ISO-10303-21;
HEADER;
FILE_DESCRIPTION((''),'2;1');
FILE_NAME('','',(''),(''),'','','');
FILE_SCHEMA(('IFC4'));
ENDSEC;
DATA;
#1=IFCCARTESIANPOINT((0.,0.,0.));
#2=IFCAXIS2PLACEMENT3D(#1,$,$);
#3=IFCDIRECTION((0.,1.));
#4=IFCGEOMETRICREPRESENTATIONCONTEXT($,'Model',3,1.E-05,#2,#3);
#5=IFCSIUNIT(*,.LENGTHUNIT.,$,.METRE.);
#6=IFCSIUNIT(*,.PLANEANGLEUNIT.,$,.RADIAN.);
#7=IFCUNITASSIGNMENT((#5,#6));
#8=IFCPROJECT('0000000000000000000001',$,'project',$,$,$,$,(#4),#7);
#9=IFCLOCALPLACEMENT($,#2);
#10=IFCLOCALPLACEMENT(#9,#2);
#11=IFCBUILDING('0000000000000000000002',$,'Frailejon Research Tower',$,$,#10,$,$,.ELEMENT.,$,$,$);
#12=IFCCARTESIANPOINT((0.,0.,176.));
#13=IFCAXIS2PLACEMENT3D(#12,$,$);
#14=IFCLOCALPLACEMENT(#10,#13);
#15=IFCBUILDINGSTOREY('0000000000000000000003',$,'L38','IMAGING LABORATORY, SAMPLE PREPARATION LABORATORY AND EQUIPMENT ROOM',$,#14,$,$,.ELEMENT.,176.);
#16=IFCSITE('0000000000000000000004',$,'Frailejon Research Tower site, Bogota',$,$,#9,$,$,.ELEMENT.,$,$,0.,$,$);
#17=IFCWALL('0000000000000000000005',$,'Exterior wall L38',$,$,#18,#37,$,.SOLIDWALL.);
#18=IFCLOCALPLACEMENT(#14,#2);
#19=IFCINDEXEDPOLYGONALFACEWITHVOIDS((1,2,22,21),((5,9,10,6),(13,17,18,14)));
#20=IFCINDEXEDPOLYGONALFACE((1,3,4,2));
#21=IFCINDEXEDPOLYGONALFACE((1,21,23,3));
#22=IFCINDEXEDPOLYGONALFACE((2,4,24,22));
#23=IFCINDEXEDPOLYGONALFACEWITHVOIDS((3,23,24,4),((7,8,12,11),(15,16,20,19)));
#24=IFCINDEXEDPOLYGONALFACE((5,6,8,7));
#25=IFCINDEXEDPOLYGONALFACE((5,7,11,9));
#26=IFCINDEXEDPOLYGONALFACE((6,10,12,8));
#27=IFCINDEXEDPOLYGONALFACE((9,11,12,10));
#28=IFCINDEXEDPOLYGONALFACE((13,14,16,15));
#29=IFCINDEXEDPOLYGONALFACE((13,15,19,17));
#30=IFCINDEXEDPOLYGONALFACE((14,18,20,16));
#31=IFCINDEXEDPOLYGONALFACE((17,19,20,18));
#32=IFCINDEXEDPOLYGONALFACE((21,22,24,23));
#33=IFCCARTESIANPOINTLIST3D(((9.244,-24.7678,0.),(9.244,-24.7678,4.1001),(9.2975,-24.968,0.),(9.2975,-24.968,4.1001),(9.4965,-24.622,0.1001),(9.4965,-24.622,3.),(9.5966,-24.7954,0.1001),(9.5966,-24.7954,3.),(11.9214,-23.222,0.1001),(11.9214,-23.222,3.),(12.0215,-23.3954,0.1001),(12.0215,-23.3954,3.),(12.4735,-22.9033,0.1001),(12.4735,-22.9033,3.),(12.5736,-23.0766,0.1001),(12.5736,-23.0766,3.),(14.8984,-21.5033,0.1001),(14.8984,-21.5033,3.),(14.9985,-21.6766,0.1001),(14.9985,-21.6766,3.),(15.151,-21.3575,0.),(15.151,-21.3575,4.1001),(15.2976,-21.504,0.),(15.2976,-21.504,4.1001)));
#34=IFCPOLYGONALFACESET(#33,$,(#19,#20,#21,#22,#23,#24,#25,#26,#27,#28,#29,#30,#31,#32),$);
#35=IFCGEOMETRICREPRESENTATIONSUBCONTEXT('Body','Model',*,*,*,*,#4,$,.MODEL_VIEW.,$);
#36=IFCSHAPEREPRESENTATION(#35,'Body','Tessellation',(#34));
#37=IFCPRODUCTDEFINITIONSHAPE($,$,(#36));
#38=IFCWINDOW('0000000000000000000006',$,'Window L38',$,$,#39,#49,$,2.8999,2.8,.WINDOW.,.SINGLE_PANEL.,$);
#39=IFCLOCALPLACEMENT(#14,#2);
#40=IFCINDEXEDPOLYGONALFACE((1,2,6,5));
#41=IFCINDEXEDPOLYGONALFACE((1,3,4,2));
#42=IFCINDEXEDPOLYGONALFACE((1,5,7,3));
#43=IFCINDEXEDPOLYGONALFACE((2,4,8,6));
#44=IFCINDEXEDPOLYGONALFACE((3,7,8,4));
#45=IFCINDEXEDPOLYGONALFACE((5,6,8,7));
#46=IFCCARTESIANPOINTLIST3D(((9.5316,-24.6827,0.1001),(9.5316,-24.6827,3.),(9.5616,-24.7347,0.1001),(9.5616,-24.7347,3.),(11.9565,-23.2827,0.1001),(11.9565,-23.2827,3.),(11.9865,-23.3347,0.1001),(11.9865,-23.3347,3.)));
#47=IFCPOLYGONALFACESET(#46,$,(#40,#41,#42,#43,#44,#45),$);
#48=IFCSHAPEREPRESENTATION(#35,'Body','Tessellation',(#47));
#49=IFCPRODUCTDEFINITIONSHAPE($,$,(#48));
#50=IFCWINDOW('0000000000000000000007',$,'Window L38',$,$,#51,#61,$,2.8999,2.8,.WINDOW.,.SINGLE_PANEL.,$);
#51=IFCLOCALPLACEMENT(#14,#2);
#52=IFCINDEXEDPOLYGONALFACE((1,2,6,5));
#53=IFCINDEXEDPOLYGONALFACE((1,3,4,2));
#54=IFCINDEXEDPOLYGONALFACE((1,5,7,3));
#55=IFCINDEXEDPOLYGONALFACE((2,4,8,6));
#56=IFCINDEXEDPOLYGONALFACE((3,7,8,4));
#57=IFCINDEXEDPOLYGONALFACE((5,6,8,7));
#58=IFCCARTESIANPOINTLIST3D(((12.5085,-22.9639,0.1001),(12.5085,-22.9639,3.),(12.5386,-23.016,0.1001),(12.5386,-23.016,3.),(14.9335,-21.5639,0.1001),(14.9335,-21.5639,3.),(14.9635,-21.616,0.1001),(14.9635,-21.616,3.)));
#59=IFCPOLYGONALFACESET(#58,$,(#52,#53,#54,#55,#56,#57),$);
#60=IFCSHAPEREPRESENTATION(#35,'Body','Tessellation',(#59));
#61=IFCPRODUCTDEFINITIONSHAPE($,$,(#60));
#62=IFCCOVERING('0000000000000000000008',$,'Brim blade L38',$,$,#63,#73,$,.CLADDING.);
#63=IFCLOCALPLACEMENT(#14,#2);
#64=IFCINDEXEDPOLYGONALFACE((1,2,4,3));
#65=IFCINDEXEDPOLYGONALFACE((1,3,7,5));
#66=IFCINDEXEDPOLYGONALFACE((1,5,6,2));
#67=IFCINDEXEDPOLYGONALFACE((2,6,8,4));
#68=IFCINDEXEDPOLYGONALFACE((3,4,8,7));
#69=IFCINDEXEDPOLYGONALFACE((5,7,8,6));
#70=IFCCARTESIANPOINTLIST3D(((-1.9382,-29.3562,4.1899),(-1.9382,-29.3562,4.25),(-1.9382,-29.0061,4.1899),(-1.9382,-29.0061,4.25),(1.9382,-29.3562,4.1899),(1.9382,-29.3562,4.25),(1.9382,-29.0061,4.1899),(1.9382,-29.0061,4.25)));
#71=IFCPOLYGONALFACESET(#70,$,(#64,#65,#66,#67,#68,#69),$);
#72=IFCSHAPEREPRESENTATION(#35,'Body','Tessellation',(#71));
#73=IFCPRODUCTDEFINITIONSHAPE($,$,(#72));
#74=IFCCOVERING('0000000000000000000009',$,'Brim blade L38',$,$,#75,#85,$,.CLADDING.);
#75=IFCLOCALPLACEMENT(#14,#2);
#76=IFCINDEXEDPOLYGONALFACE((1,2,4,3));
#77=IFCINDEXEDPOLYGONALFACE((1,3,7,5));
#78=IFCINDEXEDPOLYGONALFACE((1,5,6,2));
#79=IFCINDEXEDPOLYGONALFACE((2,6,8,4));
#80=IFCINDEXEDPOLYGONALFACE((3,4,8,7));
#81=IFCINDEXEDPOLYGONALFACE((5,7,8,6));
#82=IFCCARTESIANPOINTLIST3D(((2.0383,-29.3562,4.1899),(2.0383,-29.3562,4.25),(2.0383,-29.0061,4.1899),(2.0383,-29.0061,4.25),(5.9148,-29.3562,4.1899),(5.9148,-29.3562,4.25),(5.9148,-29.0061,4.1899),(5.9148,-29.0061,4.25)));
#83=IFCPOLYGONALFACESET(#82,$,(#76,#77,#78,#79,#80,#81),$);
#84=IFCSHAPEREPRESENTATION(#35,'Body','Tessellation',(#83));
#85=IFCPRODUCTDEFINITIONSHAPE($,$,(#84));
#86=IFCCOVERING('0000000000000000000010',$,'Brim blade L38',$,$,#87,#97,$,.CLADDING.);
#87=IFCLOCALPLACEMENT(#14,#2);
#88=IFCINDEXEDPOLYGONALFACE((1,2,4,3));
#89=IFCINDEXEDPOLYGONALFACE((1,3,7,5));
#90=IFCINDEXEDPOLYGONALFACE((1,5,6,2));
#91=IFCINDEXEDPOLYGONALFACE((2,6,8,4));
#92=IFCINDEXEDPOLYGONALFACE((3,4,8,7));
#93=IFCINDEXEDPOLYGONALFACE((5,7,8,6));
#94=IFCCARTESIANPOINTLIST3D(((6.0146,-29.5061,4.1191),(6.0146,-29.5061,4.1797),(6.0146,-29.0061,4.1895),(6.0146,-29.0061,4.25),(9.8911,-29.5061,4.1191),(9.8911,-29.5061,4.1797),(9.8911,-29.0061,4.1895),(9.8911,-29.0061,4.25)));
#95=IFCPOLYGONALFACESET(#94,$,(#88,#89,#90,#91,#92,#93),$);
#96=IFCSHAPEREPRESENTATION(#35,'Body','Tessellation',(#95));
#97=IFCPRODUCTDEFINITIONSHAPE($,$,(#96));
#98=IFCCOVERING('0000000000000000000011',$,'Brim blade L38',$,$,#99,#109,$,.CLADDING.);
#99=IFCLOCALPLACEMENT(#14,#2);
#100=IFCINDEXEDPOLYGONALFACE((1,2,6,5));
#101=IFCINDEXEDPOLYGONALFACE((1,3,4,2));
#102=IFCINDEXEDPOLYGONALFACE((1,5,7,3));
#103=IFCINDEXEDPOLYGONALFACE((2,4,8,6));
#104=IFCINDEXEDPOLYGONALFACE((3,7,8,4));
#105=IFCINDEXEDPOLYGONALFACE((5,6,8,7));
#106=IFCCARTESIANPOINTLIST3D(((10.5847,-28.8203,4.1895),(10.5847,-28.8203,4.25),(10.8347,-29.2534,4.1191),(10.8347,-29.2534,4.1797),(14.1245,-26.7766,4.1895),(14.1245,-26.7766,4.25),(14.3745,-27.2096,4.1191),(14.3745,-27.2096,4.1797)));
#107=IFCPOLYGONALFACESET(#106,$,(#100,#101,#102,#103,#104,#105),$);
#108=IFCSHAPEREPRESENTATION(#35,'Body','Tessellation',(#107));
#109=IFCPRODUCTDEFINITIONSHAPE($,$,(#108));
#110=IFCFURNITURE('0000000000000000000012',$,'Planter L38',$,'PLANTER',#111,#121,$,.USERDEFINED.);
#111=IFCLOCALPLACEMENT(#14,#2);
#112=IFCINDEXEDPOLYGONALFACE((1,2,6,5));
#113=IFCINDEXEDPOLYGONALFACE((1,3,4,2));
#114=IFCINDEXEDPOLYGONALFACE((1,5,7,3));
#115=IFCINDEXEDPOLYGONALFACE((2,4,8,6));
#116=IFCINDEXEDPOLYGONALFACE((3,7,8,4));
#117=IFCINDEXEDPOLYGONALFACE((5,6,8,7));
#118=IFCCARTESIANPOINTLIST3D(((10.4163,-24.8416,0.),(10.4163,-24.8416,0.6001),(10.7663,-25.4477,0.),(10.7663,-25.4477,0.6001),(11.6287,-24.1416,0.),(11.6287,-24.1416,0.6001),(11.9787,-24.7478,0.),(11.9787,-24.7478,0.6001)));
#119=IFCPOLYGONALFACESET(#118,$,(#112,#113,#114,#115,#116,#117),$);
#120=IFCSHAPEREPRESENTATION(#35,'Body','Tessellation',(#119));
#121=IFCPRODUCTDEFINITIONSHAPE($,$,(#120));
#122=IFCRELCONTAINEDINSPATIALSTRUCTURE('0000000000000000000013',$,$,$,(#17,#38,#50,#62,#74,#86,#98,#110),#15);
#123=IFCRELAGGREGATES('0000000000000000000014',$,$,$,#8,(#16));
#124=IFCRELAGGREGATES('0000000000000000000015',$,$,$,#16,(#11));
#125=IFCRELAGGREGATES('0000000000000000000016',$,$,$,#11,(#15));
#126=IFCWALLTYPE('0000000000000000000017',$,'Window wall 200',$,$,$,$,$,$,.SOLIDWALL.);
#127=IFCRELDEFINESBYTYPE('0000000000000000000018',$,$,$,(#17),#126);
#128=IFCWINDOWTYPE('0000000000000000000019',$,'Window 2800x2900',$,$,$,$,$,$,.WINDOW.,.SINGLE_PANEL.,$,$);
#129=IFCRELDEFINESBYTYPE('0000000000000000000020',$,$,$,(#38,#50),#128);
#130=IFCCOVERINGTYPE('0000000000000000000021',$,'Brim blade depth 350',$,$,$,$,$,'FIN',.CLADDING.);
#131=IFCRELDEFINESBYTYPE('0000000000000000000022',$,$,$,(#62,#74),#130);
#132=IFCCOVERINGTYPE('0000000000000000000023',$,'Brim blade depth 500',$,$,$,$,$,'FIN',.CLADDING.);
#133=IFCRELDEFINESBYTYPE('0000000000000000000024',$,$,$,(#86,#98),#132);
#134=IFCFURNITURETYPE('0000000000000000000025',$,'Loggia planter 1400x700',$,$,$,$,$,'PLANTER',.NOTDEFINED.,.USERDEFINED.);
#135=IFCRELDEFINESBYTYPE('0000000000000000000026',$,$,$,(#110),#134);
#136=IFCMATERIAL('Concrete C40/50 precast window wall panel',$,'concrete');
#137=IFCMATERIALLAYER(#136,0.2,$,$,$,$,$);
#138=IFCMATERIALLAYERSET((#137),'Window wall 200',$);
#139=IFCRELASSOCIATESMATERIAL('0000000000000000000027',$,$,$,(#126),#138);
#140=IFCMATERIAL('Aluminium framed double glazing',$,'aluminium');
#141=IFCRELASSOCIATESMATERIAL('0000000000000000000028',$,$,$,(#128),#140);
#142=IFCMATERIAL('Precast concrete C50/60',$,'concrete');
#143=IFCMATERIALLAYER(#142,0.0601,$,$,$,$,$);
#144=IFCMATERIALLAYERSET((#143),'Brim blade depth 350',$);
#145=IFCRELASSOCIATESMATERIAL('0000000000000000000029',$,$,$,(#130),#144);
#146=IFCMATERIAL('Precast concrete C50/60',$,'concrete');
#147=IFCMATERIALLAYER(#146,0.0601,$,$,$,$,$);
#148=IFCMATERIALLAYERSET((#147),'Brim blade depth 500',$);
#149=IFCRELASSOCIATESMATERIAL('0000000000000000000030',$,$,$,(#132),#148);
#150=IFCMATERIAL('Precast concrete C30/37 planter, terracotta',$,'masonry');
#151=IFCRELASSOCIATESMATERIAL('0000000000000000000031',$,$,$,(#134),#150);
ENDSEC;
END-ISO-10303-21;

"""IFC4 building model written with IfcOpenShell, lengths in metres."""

from ifc_helpers import new_model, si_unit, direction, frame, frame_2d, origin, origin_2d, place, context, subcontext, project, spatial, polyline, rectangle, outline, extrude, material, layer, layer_set, type_object, element, fill, save


model = new_model("IFC4")

# Units and contexts
model_context = context("Model", 3, precision=1e-05, world=origin(), true_north=direction((0.0, 1.0)))
body_context = subcontext(model_context, "Body", "Model", "MODEL_VIEW")
ifc_project = project(units=[si_unit("LENGTHUNIT", "METRE"), si_unit("PLANEANGLEUNIT", "RADIAN")], contexts=[model_context])

# Site, building, storey
site_placement = place(None, origin())
site = spatial("IfcSite", under=ifc_project, at=site_placement, Name="Frailejon Research Tower site, Bogota", CompositionType="ELEMENT", RefElevation=0.0)
building_placement = place(site_placement, origin())
building = spatial("IfcBuilding", under=site, at=building_placement, Name="Frailejon Research Tower", CompositionType="ELEMENT")
storey_placement = place(building_placement, frame((0.0, 0.0, 176.0)))
storey = spatial("IfcBuildingStorey", under=building, at=storey_placement, Name="L38", Description="IMAGING LABORATORY, SAMPLE PREPARATION LABORATORY AND EQUIPMENT ROOM", CompositionType="ELEMENT", Elevation=176.0)

# Wall, openings, windows
ifc_material_1 = material(Name="Concrete C40/50 precast window wall panel", Category="concrete")
ifc_layer_1 = layer(ifc_material_1, 0.2)
ifc_layer_set_1 = layer_set([ifc_layer_1], Name="Window wall 200")
wall_type_1 = type_object("IfcWallType", Name="Window wall 200", PredefinedType="SOLIDWALL", material=ifc_layer_set_1)
wall_1_placement = place(storey_placement, frame((9.2708, -24.8679, 0.0), z_axis=(0.0, 0.0, 1.0), x_axis=(0.866029, 0.499993, 0.0)))
wall_1 = element("IfcWall", 1, at=wall_1_placement, inside=storey, type_object=wall_type_1, Name="Exterior wall L38", PredefinedType="SOLIDWALL", context=body_context, shape_type="SweptSolid", body=[
    extrude(outline(polyline([(-0.0269, -0.1001), (1.1279, -0.1001), (2.2825, -0.1001), (3.4373, -0.1001), (4.592, -0.1001), (5.7466, -0.1001), (6.9014, -0.1001), (6.8477, 0.1001), (5.7109, 0.1001), (4.574, 0.1001), (3.4373, 0.1001), (2.3005, 0.1001), (1.1636, 0.1001), (0.0269, 0.1001), (-0.0269, -0.1001)])), origin(), (0.0, 0.0, 1.0), 4.1001),
])
opening_1_placement = place(wall_1_placement, frame((0.3186, 0.0, 0.1001)))
opening_1 = element("IfcOpeningElement", 2, at=opening_1_placement, cuts=wall_1, PredefinedType="OPENING", context=body_context, shape_type="SweptSolid", body=[
    extrude(rectangle(XDim=2.8, YDim=2.8999, at=frame_2d((1.3999, 1.45))), frame((0.0, 0.1099, 0.0), z_axis=(0.0, -1.0, 0.0), x_axis=(1.0, 0.0, 0.0)), (0.0, 0.0, 1.0), 0.22),
])
opening_2_placement = place(wall_1_placement, frame((3.7561, 0.0, 0.1001)))
opening_2 = element("IfcOpeningElement", 3, at=opening_2_placement, cuts=wall_1, PredefinedType="OPENING", context=body_context, shape_type="SweptSolid", body=[
    extrude(rectangle(XDim=2.8, YDim=2.8999, at=frame_2d((1.3999, 1.45))), frame((0.0, 0.1099, 0.0), z_axis=(0.0, -1.0, 0.0), x_axis=(1.0, 0.0, 0.0)), (0.0, 0.0, 1.0), 0.22),
])
ifc_material_2 = material(Name="Aluminium framed double glazing", Category="aluminium")
window_type = type_object("IfcWindowType", Name="Window 2800x2900", PartitioningType="SINGLE_PANEL", PredefinedType="WINDOW", material=ifc_material_2)
window_1_placement = place(opening_1_placement, origin())
window_1 = element("IfcWindow", 4, at=window_1_placement, inside=storey, type_object=window_type, Name="Window L38", OverallHeight=2.8999, OverallWidth=2.8, PartitioningType="SINGLE_PANEL", PredefinedType="WINDOW", context=body_context, shape_type="SweptSolid", body=[
    extrude(rectangle(XDim=2.8, YDim=2.8999, at=frame_2d((1.3999, 1.45))), frame((0.0, 0.03, 0.0), z_axis=(0.0, -1.0, 0.0), x_axis=(1.0, 0.0, 0.0)), (0.0, 0.0, 1.0), 0.0601),
])
fill(opening_1, window_1)
window_2_placement = place(opening_2_placement, origin())
window_2 = element("IfcWindow", 5, at=window_2_placement, inside=storey, type_object=window_type, Name="Window L38", OverallHeight=2.8999, OverallWidth=2.8, PartitioningType="SINGLE_PANEL", PredefinedType="WINDOW", context=body_context, shape_type="SweptSolid", body=[
    extrude(rectangle(XDim=2.8, YDim=2.8999, at=frame_2d((1.3999, 1.45))), frame((0.0, 0.03, 0.0), z_axis=(0.0, -1.0, 0.0), x_axis=(1.0, 0.0, 0.0)), (0.0, 0.0, 1.0), 0.0601),
])
fill(opening_2, window_2)

# Coverings
ifc_material_3 = material(Name="Precast concrete C50/60", Category="concrete")
ifc_layer_2 = layer(ifc_material_3, 0.0601)
ifc_layer_set_2 = layer_set([ifc_layer_2], Name="Brim blade depth 350")
covering_type_1 = type_object("IfcCoveringType", Name="Brim blade depth 350", ElementType="FIN", PredefinedType="CLADDING", material=ifc_layer_set_2)
for number, where, z_axis, x_axis, name in (
    (6, (1.9382, -29.0061, 4.25), (-1.0, 0.0, 0.0), (0.0, -1.0, 0.0), "Brim blade L38"),
    (7, (5.9148, -29.0061, 4.25), (-1.0, 0.0, 0.0), (0.0, -1.0, 0.0), "Brim blade L38"),
):
    element("IfcCovering", number, at=place(storey_placement, frame(where, z_axis=z_axis, x_axis=x_axis)), inside=storey, type_object=covering_type_1, Name=name, PredefinedType="CLADDING", context=body_context, shape_type="SweptSolid", body=[
        extrude(outline(polyline([(0.0, -0.0601), (0.3501, -0.0601), (0.3501, 0.0), (0.0, 0.0), (0.0, -0.0601)])), origin(), (0.0, 0.0, 1.0), 3.8765),
    ])
ifc_material_4 = material(Name="Precast concrete C50/60", Category="concrete")
ifc_layer_3 = layer(ifc_material_4, 0.0601)
ifc_layer_set_3 = layer_set([ifc_layer_3], Name="Brim blade depth 500")
covering_type_2 = type_object("IfcCoveringType", Name="Brim blade depth 500", ElementType="FIN", PredefinedType="CLADDING", material=ifc_layer_set_3)
covering_1_placement = place(storey_placement, frame((9.8911, -29.0061, 4.25), z_axis=(-1.0, 0.0, 0.0), x_axis=(0.0, -1.0, 0.0)))
element("IfcCovering", 8, at=covering_1_placement, inside=storey, type_object=covering_type_2, Name="Brim blade L38", PredefinedType="CLADDING", context=body_context, shape_type="SweptSolid", body=[
    extrude(outline(polyline([(0.0, -0.0605), (0.5, -0.1309), (0.5, -0.0703), (0.0, 0.0), (0.0, -0.0605)])), origin(), (0.0, 0.0, 1.0), 3.8765),
])
covering_2_placement = place(storey_placement, frame((14.1245, -26.7766, 4.25), z_axis=(-0.866021, -0.500007, 0.0), x_axis=(0.500007, -0.866021, 0.0)))
element("IfcCovering", 9, at=covering_2_placement, inside=storey, type_object=covering_type_2, Name="Brim blade L38", PredefinedType="CLADDING", context=body_context, shape_type="SweptSolid", body=[
    extrude(outline(polyline([(0.0, -0.0605), (0.5, -0.1309), (0.5, -0.0703), (0.0, 0.0), (0.0, -0.0605)])), origin(), (0.0, 0.0, 1.0), 4.0874),
])

# Furniture
ifc_material_5 = material(Name="Precast concrete C30/37 planter, terracotta", Category="masonry")
furniture_type = type_object("IfcFurnitureType", Name="Loggia planter 1400x700", ElementType="PLANTER", AssemblyPlace="NOTDEFINED", PredefinedType="USERDEFINED", material=ifc_material_5)
furniture_placement = place(storey_placement, frame((11.1975, -24.7947, 0.0), z_axis=(0.0, 0.0, 1.0), x_axis=(0.866025, 0.5, 0.0)))
element("IfcFurniture", 10, at=furniture_placement, inside=storey, type_object=furniture_type, Name="Planter L38", ObjectType="PLANTER", PredefinedType="USERDEFINED", context=body_context, shape_type="SweptSolid", body=[
    extrude(rectangle(XDim=1.3999, YDim=0.7, at=origin_2d()), origin(), (0.0, 0.0, 1.0), 0.6001),
])

save(model, "model.ifc")
